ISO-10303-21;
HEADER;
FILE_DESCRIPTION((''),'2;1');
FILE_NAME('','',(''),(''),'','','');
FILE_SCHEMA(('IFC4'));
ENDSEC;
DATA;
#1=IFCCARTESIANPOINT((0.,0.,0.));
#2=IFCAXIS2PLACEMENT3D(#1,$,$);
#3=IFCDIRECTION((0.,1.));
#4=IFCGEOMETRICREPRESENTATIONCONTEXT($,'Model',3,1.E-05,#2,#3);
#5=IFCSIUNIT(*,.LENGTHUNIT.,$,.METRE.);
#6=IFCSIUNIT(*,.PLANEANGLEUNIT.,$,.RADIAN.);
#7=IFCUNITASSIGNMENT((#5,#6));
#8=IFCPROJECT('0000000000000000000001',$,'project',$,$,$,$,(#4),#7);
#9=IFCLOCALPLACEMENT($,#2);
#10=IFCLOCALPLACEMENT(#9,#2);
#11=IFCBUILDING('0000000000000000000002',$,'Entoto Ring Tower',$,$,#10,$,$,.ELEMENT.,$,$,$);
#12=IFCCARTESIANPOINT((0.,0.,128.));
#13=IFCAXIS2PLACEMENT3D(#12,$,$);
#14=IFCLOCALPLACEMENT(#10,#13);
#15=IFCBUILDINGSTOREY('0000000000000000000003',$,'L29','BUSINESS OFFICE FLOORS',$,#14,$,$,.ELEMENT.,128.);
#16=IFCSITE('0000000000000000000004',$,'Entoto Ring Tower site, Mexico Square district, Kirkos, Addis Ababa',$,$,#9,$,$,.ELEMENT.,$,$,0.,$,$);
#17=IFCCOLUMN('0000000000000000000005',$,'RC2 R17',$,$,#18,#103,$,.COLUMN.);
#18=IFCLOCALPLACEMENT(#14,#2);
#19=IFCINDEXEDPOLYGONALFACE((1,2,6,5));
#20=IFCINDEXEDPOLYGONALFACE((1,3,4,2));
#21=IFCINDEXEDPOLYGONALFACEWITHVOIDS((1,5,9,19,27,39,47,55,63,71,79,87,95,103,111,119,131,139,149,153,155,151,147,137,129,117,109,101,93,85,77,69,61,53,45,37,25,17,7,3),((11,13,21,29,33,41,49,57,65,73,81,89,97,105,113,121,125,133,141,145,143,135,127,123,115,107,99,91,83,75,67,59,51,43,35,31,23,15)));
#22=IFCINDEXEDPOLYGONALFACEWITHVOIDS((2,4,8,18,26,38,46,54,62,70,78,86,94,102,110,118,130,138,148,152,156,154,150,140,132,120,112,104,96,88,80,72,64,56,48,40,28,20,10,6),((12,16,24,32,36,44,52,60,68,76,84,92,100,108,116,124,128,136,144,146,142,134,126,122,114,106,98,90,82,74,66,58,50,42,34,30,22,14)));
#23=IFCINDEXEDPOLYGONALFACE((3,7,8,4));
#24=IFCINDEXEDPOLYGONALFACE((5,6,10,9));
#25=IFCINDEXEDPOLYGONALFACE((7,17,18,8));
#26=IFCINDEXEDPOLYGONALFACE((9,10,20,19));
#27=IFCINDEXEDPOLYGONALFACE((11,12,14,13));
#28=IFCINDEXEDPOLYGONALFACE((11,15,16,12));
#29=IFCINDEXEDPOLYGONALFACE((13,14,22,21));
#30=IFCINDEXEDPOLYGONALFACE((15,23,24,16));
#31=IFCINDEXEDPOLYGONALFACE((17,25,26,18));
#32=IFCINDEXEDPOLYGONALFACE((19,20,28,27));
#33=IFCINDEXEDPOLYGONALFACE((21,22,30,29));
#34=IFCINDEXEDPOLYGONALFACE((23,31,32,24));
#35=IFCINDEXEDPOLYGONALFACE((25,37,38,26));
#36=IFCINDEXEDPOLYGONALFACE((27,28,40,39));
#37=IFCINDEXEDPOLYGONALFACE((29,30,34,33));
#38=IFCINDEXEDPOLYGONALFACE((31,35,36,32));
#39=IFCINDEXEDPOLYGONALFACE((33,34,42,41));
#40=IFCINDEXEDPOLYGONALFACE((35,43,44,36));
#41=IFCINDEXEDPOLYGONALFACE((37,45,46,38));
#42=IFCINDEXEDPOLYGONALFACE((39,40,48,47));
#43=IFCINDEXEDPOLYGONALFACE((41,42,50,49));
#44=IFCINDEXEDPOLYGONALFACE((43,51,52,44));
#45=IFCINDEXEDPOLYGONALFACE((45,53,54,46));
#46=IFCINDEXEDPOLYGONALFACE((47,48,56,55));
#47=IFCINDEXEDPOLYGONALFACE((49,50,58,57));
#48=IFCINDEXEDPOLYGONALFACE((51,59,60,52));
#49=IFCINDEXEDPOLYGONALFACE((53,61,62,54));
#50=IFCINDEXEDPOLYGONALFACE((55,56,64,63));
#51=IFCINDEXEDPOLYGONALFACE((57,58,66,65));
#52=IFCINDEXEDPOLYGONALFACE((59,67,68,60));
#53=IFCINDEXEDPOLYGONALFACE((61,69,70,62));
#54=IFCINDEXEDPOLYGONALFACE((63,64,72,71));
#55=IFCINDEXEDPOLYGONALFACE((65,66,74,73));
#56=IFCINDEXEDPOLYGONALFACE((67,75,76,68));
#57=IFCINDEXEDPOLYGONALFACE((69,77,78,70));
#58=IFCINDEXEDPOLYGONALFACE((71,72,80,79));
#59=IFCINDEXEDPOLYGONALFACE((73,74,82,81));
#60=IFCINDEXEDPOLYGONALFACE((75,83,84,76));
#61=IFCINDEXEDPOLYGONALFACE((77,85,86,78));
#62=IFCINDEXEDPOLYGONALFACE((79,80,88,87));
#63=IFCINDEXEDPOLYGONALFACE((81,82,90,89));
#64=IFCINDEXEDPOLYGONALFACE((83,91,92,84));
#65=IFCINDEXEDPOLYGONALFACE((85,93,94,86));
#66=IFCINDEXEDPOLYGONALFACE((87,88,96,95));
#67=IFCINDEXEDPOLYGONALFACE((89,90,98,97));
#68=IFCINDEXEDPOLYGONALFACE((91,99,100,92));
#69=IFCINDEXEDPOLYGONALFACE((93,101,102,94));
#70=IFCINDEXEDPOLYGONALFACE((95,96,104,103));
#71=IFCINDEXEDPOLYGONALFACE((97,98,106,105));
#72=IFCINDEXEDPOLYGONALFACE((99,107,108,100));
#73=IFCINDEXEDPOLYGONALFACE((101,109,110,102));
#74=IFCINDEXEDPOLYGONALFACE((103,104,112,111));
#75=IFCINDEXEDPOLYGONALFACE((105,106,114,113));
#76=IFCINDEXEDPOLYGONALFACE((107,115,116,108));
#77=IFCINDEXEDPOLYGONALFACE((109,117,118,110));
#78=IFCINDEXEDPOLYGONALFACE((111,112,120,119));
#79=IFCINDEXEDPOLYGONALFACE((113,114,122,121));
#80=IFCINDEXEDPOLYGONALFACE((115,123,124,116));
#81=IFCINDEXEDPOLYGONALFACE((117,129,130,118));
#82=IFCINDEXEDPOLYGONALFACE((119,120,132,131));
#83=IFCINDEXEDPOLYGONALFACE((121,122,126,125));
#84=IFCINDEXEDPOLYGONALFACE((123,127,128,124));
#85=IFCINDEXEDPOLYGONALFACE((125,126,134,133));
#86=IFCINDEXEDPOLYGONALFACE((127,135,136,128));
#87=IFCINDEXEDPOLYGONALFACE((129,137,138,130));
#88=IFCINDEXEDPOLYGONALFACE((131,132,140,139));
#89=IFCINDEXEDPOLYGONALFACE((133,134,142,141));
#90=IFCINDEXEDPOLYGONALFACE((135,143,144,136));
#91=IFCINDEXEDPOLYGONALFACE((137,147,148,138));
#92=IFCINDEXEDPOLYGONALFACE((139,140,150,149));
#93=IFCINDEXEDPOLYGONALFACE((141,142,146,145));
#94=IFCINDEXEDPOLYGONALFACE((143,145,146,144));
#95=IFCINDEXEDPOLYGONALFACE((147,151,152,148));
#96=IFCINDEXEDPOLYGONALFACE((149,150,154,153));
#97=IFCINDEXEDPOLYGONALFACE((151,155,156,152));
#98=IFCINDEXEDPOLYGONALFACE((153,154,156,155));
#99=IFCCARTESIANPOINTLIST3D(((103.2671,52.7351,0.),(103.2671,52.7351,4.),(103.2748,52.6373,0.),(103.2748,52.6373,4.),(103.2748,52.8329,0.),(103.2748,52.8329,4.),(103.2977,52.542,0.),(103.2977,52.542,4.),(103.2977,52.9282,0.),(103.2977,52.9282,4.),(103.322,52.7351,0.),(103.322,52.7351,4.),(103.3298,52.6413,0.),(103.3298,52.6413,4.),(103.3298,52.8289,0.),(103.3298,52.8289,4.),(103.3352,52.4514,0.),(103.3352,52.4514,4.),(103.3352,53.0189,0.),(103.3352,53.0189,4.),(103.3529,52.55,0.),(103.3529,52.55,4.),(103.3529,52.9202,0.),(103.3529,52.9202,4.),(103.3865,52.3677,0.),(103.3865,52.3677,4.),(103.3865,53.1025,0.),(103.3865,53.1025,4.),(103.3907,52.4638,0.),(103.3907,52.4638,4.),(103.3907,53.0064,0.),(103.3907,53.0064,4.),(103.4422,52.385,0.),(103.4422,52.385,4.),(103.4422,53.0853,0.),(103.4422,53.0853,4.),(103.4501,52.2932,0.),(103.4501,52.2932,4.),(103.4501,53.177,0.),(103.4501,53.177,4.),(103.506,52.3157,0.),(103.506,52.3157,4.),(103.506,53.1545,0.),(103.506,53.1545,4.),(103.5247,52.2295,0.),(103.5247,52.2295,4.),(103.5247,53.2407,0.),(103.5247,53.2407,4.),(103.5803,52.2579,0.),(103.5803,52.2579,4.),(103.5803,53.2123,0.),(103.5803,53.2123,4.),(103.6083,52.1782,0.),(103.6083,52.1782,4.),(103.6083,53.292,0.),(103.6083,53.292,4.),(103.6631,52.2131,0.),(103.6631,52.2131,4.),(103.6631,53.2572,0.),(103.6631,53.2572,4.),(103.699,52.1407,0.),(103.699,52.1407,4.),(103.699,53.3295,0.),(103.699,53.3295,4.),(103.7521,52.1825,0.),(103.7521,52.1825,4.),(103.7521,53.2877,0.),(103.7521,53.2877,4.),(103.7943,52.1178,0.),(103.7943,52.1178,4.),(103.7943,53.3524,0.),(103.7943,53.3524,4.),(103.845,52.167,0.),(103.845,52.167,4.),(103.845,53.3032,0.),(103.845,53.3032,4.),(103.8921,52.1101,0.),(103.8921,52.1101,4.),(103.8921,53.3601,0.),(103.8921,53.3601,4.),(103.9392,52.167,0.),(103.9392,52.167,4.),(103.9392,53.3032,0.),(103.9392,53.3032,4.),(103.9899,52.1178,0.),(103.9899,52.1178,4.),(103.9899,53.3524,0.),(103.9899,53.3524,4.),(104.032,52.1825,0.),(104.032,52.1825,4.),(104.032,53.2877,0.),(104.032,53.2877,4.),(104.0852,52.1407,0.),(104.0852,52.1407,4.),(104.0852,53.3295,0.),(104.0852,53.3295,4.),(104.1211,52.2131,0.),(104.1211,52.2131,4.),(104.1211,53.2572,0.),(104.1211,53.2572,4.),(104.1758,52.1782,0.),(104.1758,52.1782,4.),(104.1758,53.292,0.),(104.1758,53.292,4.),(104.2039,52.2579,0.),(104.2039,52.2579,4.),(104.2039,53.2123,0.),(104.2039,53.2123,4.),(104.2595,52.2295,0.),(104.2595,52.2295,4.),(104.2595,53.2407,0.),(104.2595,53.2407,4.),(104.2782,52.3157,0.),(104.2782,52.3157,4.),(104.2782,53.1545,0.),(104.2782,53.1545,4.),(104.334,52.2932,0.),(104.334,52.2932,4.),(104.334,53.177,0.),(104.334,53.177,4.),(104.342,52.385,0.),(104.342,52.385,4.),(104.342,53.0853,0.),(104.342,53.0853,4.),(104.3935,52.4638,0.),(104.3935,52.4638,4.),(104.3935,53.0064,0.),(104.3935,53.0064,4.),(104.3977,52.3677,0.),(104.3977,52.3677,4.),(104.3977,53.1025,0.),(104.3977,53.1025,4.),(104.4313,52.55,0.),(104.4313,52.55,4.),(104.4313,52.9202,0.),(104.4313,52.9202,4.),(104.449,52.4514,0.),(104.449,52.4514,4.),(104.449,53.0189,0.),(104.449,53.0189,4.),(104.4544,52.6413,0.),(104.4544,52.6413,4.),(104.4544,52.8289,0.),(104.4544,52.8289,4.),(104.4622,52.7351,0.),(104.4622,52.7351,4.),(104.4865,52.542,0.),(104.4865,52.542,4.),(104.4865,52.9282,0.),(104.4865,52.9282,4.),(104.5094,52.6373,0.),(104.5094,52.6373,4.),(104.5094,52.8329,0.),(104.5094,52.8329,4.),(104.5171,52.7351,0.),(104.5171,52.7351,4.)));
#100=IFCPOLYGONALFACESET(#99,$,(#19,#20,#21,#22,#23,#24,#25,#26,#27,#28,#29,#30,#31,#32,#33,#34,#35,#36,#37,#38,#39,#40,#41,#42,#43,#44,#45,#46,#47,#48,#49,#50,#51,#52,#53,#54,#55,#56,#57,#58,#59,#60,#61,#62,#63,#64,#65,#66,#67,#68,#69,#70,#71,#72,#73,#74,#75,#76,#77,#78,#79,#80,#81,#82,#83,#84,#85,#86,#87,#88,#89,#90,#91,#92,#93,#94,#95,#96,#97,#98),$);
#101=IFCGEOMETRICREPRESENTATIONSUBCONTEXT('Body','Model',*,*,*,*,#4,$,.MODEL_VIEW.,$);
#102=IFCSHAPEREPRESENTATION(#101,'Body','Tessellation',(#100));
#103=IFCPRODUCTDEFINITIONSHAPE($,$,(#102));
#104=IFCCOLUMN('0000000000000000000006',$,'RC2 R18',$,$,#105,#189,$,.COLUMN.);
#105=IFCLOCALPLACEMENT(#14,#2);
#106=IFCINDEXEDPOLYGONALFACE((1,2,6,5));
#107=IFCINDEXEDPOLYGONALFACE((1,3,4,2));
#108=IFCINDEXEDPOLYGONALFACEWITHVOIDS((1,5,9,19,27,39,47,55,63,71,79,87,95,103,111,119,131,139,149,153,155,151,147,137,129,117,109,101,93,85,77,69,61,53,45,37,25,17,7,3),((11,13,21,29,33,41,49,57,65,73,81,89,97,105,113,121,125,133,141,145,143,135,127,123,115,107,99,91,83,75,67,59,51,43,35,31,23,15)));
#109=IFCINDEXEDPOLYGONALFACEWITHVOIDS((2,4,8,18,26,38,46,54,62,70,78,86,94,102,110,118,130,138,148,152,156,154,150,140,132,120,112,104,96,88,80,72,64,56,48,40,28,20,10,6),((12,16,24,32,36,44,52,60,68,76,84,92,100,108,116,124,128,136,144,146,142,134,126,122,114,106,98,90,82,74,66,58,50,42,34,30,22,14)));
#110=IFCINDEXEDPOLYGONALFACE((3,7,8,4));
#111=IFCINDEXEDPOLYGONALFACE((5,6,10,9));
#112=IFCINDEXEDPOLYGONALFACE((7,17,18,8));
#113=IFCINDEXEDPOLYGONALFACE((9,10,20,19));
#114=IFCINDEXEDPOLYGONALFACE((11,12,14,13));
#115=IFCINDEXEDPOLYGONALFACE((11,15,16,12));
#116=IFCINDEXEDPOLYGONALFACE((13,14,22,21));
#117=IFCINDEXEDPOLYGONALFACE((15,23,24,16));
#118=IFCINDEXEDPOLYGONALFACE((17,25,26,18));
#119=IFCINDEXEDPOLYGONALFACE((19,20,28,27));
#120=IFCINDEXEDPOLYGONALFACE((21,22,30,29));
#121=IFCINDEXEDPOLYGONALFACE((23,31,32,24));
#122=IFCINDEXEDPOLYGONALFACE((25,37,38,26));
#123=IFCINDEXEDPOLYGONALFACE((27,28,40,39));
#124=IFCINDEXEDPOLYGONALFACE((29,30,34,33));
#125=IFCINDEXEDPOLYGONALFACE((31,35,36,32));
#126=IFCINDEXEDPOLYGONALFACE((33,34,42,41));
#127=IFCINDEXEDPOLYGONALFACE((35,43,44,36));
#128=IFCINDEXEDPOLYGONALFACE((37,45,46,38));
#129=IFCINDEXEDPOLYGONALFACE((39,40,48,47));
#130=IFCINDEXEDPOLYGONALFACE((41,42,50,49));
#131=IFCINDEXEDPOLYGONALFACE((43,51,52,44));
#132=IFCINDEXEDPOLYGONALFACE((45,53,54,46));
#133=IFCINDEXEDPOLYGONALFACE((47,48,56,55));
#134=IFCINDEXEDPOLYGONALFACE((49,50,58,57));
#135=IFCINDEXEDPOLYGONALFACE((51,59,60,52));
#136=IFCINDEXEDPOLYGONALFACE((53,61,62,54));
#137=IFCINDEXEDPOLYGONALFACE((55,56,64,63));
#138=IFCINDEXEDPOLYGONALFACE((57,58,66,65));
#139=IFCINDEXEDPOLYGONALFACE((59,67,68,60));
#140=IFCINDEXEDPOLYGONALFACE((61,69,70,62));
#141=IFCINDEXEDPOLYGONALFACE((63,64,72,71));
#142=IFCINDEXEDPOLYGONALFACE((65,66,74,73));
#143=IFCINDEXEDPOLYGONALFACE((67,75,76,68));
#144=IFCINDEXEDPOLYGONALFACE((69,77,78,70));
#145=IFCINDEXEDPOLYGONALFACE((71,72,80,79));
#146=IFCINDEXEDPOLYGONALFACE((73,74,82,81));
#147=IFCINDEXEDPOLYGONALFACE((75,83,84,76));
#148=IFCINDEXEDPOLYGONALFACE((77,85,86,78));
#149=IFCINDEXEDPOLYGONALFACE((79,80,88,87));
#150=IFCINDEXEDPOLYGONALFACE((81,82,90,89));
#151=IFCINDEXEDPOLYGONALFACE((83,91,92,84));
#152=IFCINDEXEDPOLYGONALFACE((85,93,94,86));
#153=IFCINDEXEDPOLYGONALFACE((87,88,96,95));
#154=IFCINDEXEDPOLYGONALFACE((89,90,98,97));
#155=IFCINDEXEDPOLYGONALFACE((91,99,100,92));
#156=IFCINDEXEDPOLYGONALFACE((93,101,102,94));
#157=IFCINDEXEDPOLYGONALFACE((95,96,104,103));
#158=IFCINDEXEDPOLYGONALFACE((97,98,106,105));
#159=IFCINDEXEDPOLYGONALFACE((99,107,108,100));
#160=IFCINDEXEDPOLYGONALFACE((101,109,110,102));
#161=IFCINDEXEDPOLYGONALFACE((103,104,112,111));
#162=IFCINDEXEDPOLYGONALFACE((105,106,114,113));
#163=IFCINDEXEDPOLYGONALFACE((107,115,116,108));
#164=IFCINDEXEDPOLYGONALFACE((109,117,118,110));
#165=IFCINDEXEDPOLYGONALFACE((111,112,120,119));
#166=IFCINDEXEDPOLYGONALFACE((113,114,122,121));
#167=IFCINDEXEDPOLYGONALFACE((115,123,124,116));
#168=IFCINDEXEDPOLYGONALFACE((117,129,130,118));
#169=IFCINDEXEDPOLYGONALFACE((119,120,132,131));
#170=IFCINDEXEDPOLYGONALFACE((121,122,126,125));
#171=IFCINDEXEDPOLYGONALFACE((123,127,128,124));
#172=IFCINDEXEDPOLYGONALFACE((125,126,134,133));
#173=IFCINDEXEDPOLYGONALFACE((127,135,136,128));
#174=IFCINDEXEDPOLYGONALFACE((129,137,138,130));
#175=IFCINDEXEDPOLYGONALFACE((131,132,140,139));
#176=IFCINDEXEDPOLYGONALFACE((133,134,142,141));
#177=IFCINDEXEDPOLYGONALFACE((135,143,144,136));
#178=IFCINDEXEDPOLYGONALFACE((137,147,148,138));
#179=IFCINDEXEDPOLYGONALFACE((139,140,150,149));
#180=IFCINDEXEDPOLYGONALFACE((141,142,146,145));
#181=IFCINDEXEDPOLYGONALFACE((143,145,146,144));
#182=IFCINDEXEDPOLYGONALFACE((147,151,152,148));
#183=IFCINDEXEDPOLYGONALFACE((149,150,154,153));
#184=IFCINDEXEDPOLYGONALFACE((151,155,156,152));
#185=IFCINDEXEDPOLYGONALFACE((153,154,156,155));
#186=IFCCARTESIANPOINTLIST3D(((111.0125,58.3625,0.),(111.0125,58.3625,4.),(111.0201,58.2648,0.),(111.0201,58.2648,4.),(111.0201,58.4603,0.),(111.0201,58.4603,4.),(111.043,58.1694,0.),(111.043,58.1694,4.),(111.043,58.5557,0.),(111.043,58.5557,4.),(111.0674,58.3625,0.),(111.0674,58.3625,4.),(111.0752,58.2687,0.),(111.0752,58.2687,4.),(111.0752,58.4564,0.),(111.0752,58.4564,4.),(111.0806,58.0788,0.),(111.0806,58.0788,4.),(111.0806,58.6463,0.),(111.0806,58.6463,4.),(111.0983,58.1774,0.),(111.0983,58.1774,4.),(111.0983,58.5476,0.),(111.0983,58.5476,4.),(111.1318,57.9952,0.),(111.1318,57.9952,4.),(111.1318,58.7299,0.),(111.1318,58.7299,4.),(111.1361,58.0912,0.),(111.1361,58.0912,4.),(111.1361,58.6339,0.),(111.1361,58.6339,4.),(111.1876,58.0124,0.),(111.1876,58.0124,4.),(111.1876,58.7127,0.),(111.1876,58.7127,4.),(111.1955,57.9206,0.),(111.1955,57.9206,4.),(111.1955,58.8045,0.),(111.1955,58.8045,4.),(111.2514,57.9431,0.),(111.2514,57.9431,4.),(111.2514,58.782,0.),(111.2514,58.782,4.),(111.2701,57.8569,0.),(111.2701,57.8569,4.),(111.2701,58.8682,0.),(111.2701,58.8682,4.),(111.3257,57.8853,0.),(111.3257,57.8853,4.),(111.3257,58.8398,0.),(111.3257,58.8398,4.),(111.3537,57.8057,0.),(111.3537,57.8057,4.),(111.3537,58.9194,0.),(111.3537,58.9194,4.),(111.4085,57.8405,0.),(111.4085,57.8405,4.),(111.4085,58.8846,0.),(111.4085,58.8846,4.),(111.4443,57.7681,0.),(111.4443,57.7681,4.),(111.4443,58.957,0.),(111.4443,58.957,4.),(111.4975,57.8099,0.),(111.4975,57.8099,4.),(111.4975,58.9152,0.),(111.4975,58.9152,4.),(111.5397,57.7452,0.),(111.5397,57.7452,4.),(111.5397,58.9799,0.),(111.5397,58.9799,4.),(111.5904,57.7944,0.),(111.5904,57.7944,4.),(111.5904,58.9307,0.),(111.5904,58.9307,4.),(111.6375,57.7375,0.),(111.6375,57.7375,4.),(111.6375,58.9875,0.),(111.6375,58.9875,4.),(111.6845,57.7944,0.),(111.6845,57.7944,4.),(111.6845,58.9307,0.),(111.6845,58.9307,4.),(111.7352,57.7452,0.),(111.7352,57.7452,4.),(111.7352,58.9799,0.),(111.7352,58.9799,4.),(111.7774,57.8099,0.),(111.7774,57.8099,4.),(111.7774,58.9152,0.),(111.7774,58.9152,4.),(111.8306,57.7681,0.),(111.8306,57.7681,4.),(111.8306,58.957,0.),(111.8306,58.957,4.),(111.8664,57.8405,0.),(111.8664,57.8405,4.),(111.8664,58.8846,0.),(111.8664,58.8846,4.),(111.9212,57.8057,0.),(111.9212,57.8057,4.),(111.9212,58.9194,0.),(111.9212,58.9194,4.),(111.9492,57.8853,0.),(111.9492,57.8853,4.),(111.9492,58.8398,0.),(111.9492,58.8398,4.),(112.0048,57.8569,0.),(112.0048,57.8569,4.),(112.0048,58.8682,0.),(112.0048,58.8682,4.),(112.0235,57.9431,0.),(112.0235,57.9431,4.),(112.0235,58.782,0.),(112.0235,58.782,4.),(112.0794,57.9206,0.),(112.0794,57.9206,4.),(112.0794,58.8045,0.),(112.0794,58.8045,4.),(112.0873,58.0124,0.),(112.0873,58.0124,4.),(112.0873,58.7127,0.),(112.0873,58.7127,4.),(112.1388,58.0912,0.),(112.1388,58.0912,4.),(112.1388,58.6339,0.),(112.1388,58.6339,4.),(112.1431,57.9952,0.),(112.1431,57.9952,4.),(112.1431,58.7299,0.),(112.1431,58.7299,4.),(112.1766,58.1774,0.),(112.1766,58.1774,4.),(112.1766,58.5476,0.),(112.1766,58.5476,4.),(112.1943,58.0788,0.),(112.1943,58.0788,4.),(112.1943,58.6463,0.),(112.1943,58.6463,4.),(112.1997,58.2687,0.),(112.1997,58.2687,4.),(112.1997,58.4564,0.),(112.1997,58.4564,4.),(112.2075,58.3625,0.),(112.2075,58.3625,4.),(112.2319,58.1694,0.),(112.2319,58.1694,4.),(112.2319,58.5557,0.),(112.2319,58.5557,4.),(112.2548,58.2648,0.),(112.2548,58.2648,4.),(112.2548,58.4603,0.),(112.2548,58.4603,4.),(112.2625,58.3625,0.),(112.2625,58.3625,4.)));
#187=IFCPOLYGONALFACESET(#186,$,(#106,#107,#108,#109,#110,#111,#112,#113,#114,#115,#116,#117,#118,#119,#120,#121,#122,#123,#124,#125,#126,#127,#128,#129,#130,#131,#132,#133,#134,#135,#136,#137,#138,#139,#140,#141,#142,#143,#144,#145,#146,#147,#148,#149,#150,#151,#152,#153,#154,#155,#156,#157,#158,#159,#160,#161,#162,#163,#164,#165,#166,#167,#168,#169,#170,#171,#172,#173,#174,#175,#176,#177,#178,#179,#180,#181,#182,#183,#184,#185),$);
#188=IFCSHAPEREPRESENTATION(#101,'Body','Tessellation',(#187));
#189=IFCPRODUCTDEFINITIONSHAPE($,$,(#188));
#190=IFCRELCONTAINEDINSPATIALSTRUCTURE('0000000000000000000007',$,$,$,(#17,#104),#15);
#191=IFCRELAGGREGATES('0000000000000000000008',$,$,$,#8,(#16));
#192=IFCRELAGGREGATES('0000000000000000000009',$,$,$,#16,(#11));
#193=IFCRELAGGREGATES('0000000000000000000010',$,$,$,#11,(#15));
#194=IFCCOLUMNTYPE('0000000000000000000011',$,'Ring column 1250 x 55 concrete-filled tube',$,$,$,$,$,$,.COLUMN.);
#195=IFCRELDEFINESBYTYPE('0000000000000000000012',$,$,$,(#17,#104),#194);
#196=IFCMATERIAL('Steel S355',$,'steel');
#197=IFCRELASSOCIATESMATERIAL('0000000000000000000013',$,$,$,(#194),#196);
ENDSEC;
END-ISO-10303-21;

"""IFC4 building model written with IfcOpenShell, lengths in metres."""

from ifc_helpers import new_model, si_unit, direction, frame, origin, origin_2d, place, context, subcontext, project, spatial, circle, hollow_circle, extrude, material, material_profile, profile_set, type_object, element, save


model = new_model("IFC4")

# Units and contexts
model_context = context("Model", 3, precision=1e-05, world=origin(), true_north=direction((0.0, 1.0)))
body_context = subcontext(model_context, "Body", "Model", "MODEL_VIEW")
ifc_project = project(units=[si_unit("LENGTHUNIT", "METRE"), si_unit("PLANEANGLEUNIT", "RADIAN")], contexts=[model_context])

# Site, building, storey
site_placement = place(None, origin())
site = spatial("IfcSite", under=ifc_project, at=site_placement, Name="Entoto Ring Tower site, Mexico Square district, Kirkos, Addis Ababa", CompositionType="ELEMENT", RefElevation=0.0)
building_placement = place(site_placement, origin())
building = spatial("IfcBuilding", under=site, at=building_placement, Name="Entoto Ring Tower", CompositionType="ELEMENT")
storey_placement = place(building_placement, frame((0.0, 0.0, 128.0)))
storey = spatial("IfcBuildingStorey", under=building, at=storey_placement, Name="L29", Description="BUSINESS OFFICE FLOORS", CompositionType="ELEMENT", Elevation=128.0)

# Columns
ifc_material_1 = material(Name="Steel S355", Category="steel")
ifc_material_profile_1 = material_profile(ifc_material_1, hollow_circle(Radius=0.625, WallThickness=0.0549, at=origin_2d()), Name="CHS 1250 x 55")
ifc_material_2 = material(Name="Concrete C60/75", Category="concrete")
ifc_material_profile_2 = material_profile(ifc_material_2, circle(Radius=0.5701, at=origin_2d()), Name="Concrete C60/75 infill")
ifc_profile_set_1 = profile_set([ifc_material_profile_1, ifc_material_profile_2], Name="Steel S355")
column_type = type_object("IfcColumnType", Name="Ring column 1250 x 55 concrete-filled tube", PredefinedType="COLUMN", material=ifc_profile_set_1)
for number, where, z_axis, x_axis, name in (
    (1, (103.8921, 52.7351, 0.0), (0.0, 0.0, 1.0), (1.0, 0.0, 0.0), "RC2 R17"),
    (2, (111.6375, 58.3625, 0.0), (0.0, 0.0, 1.0), (1.0, 0.0, 0.0), "RC2 R18"),
):
    element("IfcColumn", number, at=place(storey_placement, frame(where, z_axis=z_axis, x_axis=x_axis)), inside=storey, type_object=column_type, Name=name, PredefinedType="COLUMN", context=body_context, shape_type="SweptSolid", body=[
        extrude(hollow_circle(Radius=0.625, WallThickness=0.0549, at=origin_2d()), origin(), (0.0, 0.0, 1.0), 4.0),
    ])

save(model, "model.ifc")
